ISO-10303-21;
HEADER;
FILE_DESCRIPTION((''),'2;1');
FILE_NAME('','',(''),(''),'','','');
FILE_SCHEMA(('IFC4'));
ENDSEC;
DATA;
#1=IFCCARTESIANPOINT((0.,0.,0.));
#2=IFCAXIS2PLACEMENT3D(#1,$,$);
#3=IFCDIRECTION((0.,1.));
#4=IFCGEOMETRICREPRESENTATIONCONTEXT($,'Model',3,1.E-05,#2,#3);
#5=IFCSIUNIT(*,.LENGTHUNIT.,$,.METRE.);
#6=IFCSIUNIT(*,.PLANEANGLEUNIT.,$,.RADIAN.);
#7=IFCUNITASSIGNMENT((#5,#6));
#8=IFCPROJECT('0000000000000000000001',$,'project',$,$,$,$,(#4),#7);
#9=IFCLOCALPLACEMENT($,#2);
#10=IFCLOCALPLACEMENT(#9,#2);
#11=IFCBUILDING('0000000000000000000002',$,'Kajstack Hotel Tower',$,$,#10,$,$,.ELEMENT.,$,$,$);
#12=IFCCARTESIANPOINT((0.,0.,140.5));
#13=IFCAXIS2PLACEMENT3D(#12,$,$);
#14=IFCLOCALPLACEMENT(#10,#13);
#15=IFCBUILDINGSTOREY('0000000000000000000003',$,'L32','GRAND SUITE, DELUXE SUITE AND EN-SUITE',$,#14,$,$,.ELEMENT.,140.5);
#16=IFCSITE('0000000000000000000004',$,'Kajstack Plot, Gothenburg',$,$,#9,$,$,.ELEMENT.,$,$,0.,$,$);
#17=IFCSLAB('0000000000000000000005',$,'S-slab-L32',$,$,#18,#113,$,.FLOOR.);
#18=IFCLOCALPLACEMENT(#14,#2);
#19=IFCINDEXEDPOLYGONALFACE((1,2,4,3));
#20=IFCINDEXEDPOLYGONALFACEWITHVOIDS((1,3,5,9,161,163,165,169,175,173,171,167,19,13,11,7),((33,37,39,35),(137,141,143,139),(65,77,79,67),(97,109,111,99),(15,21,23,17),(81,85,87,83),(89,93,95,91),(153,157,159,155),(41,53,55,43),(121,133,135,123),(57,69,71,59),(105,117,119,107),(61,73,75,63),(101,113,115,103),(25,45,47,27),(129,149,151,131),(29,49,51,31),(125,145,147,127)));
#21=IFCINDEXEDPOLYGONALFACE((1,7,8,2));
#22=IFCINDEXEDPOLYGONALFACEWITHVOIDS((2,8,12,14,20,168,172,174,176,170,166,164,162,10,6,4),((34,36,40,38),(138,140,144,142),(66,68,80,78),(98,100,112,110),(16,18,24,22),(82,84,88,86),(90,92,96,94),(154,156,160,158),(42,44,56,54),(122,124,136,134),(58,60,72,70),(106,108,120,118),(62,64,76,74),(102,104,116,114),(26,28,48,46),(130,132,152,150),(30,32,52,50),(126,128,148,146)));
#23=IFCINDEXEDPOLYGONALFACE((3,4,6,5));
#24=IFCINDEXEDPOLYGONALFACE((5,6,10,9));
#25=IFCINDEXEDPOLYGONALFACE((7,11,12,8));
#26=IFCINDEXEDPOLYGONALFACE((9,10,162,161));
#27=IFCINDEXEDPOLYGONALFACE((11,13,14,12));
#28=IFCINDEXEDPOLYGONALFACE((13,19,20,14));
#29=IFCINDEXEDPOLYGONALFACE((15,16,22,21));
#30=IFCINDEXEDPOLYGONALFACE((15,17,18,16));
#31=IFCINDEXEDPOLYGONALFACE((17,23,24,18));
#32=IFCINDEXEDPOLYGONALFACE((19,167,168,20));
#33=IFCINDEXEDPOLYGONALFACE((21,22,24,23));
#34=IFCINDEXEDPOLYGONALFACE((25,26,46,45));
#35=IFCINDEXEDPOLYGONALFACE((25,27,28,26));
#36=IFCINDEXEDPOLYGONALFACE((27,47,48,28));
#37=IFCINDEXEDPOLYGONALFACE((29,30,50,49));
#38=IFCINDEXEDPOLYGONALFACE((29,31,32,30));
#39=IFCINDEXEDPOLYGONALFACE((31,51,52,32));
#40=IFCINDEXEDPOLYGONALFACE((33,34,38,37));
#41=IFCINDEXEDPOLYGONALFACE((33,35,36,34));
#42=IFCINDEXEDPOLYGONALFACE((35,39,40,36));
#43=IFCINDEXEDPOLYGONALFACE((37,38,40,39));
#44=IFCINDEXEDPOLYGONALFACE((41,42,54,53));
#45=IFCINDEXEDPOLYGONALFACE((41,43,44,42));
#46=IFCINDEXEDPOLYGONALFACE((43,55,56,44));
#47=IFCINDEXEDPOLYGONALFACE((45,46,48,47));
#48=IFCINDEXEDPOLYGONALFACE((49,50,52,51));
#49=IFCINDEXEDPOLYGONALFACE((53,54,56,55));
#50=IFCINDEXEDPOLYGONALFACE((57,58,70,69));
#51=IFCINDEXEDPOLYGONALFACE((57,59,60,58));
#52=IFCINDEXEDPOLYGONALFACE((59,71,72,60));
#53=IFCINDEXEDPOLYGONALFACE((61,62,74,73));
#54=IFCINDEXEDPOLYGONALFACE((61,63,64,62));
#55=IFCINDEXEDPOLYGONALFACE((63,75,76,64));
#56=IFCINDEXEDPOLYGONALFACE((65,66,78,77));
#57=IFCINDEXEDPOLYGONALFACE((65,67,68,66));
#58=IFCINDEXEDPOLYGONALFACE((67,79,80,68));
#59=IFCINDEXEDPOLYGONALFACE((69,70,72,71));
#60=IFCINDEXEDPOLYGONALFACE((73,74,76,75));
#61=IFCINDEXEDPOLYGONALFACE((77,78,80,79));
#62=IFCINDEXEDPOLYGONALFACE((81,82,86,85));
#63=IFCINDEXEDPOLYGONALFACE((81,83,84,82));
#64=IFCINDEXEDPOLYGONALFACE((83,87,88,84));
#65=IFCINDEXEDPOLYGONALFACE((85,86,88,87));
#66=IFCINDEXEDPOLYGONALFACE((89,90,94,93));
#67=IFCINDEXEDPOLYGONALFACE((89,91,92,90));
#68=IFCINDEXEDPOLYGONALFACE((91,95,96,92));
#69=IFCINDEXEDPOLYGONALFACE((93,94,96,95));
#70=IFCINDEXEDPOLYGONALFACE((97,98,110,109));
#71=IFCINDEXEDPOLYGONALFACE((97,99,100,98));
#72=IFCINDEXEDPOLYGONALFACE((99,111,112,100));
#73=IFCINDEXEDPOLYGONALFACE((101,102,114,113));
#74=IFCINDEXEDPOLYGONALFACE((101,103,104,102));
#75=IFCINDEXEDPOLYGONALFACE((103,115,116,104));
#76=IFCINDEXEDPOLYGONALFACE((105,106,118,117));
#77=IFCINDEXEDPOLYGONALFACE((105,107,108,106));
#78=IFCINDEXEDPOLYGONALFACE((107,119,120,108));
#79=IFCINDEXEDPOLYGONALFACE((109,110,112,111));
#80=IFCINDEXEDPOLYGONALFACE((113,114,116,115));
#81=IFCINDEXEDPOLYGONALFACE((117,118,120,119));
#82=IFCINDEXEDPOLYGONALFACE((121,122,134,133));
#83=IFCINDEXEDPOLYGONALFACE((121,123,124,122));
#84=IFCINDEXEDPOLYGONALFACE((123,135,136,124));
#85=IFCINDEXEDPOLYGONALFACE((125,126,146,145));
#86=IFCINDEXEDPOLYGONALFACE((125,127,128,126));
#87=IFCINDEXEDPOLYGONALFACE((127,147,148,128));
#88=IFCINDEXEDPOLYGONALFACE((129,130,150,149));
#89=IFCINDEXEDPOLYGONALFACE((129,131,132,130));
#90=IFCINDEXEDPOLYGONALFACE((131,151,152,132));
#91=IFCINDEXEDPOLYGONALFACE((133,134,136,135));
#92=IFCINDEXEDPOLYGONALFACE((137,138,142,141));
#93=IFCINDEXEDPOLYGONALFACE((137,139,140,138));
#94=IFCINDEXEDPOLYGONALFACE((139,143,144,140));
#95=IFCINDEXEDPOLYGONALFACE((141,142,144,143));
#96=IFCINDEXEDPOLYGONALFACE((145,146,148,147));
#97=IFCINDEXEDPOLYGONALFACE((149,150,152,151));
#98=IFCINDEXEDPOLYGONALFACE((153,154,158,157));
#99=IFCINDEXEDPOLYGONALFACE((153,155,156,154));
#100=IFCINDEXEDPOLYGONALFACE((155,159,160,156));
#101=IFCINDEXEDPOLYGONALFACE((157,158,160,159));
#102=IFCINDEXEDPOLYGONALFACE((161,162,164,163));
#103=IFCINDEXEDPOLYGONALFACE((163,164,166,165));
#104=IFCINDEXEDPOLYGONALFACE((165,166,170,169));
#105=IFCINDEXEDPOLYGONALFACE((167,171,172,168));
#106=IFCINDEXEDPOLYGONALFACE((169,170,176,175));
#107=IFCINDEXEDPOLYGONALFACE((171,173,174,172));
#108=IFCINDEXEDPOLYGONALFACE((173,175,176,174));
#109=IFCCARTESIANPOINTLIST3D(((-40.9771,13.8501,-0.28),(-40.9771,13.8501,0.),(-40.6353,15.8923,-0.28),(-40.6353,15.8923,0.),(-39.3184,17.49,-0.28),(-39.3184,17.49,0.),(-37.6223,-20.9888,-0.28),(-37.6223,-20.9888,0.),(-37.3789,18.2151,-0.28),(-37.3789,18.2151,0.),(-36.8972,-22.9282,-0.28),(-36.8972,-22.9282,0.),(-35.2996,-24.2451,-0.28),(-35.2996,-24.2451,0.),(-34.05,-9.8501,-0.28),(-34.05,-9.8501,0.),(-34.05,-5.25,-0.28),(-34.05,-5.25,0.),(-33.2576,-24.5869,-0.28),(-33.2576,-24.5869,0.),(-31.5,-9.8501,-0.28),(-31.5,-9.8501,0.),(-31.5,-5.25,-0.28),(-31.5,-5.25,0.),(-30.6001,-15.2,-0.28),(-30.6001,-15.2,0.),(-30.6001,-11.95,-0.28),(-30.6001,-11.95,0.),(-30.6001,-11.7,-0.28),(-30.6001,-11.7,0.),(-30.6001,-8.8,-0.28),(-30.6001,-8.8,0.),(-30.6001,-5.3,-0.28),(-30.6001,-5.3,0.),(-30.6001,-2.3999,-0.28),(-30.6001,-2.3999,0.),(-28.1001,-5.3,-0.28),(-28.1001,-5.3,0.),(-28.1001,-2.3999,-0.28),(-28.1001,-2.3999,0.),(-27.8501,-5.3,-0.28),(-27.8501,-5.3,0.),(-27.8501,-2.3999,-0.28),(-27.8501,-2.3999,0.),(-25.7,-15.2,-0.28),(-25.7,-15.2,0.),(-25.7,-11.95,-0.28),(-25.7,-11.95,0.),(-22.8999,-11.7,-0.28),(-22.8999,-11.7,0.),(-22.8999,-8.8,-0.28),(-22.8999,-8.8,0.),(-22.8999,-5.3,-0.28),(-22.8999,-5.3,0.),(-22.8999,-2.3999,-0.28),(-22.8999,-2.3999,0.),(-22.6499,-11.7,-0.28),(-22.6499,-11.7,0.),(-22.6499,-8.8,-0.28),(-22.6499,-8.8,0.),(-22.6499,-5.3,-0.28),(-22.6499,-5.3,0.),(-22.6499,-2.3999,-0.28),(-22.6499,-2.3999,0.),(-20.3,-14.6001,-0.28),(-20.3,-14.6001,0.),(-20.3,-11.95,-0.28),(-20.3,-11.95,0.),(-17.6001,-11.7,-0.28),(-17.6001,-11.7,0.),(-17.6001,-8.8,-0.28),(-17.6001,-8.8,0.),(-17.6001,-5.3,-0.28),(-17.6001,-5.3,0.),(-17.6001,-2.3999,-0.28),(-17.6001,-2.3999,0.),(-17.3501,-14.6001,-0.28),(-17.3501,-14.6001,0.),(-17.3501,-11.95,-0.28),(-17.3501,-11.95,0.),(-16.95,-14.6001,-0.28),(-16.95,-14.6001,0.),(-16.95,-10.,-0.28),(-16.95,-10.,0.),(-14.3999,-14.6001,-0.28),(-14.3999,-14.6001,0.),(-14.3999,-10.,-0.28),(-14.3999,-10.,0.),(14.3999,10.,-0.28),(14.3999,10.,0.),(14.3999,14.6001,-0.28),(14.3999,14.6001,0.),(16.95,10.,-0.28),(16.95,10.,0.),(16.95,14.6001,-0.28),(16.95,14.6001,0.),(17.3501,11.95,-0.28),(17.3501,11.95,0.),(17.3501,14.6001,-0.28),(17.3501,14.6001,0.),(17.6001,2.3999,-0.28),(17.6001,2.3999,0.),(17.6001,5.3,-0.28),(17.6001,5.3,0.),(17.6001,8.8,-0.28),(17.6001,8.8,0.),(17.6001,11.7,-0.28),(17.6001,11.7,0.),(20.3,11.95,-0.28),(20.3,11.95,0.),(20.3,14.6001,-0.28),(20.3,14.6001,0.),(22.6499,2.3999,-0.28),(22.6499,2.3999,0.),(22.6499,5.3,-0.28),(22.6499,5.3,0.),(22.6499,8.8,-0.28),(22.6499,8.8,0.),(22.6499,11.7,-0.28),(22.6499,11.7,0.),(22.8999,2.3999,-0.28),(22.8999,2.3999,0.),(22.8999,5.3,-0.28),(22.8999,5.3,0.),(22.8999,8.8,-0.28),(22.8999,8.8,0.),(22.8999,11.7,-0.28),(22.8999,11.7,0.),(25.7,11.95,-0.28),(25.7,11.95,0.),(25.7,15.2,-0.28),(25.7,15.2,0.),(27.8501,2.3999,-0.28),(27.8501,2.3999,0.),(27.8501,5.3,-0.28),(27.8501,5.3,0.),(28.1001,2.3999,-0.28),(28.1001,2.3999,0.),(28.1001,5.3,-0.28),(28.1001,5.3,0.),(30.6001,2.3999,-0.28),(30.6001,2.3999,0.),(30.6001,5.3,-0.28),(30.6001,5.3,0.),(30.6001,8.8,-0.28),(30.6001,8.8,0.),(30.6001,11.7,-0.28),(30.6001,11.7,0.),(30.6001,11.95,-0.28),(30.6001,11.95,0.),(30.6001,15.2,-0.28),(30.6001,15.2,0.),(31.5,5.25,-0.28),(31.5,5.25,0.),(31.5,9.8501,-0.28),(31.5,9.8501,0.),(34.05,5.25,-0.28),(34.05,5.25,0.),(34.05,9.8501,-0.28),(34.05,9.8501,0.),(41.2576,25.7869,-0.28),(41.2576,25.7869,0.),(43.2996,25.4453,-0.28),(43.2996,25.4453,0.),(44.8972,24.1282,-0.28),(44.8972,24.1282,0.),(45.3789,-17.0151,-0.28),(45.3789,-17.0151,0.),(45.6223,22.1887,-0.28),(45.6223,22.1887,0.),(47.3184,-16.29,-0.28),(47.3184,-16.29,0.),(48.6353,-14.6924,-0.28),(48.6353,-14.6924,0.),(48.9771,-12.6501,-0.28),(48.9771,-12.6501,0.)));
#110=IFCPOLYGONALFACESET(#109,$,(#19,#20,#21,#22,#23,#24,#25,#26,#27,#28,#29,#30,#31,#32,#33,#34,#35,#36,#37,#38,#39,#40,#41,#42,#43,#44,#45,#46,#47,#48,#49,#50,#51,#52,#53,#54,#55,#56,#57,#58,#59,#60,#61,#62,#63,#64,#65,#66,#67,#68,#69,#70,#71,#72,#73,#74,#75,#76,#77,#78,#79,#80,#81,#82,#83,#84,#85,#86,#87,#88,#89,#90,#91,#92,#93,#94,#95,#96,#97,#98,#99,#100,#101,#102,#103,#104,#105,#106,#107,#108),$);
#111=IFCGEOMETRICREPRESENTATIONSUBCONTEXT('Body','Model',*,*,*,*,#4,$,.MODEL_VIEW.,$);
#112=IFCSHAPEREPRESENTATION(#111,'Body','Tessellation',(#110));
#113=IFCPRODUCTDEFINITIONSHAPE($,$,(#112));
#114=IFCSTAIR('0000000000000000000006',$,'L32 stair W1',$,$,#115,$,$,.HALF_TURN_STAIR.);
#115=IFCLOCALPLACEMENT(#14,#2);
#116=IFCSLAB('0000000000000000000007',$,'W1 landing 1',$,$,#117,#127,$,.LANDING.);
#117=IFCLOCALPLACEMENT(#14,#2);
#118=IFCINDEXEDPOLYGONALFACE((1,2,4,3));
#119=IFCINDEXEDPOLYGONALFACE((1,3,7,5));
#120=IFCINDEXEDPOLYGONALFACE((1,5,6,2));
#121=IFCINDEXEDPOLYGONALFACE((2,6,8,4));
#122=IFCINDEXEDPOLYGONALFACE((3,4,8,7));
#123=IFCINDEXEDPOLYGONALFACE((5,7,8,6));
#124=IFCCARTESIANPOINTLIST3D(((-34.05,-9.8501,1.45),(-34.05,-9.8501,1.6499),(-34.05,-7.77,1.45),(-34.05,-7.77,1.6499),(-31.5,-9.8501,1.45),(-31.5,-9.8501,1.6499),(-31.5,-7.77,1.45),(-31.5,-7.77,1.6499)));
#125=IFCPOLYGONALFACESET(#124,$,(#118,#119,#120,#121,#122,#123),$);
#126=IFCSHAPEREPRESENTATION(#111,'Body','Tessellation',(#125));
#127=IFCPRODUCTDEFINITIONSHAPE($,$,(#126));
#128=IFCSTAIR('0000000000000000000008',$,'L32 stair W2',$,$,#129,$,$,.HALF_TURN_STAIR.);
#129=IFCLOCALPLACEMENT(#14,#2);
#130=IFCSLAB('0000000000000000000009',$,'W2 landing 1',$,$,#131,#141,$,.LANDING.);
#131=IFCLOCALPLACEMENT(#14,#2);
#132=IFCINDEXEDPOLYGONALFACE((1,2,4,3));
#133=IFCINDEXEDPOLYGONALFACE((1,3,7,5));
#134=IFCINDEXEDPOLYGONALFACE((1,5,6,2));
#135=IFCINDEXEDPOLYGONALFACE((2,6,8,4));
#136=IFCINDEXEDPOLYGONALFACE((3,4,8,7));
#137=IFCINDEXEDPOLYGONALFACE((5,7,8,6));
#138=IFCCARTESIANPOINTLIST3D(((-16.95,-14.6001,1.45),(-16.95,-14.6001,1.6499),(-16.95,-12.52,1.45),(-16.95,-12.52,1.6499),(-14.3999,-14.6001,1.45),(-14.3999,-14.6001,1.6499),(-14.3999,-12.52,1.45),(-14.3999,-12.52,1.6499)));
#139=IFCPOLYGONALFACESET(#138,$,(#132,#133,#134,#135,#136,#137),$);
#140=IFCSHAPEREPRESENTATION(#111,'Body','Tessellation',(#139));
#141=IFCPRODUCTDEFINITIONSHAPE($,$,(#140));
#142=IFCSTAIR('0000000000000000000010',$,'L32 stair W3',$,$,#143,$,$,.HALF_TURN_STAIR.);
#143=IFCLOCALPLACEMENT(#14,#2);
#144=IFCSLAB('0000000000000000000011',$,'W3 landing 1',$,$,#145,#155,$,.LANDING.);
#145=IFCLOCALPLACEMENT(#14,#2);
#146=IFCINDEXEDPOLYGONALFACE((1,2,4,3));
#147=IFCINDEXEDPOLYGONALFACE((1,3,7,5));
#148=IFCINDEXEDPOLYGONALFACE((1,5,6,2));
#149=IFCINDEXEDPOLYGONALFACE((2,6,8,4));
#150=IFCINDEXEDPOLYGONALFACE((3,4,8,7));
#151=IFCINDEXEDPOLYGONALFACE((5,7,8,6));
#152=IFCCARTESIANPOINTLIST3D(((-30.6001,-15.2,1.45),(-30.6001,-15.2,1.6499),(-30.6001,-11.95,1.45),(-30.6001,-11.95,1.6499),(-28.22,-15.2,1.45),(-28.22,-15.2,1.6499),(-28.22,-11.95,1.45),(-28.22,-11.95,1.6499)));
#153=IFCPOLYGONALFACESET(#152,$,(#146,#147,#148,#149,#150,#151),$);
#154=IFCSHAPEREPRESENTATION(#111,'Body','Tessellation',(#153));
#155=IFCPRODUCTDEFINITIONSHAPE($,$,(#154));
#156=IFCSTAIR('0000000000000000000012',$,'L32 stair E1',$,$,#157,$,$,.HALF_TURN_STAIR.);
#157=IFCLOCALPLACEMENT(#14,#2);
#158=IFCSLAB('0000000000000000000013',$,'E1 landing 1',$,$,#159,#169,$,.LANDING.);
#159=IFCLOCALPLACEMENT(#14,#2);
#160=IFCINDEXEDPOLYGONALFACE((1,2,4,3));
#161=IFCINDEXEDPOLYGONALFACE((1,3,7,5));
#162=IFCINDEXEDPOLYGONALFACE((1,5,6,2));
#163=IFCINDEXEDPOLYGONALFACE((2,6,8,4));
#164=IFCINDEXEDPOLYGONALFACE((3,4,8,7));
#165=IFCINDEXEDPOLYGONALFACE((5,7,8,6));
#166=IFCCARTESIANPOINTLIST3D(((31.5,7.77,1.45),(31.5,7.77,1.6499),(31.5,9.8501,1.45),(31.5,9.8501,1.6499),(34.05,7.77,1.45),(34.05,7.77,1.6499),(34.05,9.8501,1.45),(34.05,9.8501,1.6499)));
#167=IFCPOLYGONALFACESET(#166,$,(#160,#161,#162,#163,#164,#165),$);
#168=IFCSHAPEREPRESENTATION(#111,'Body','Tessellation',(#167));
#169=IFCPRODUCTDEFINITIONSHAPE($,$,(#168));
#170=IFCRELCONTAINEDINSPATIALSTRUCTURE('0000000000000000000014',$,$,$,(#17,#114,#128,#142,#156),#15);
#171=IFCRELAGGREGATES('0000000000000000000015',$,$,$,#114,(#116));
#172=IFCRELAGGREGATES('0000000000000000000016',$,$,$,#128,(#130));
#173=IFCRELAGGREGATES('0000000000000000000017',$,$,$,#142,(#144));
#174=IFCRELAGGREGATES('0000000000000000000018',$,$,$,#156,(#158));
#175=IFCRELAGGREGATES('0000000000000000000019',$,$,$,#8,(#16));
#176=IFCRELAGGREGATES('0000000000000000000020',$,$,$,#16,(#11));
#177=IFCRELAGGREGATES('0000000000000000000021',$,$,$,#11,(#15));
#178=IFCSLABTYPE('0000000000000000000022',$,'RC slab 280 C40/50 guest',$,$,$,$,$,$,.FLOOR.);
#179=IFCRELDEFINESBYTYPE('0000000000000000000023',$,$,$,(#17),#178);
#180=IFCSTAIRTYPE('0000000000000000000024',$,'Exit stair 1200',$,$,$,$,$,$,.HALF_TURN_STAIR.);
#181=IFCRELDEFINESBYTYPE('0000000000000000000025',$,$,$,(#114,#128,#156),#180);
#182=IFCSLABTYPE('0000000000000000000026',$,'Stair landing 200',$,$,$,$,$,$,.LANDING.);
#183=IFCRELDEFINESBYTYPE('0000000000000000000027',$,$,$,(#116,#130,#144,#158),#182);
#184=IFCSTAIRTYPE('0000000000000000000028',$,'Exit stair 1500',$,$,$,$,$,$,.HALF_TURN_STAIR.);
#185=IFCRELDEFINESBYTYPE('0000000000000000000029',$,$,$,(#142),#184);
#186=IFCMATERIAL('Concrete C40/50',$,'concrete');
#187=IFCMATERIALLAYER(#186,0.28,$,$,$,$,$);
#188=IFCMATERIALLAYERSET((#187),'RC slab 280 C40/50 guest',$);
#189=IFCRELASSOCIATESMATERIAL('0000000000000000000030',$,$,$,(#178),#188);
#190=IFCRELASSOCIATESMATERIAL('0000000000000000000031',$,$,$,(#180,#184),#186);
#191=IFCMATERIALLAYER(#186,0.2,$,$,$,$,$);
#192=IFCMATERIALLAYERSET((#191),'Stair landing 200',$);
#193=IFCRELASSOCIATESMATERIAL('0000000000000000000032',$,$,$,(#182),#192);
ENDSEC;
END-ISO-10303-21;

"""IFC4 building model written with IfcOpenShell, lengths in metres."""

from ifc_helpers import new_model, si_unit, direction, frame, origin, place, context, subcontext, project, spatial, polyline, outline, extrude, material, layer, layer_set, type_object, element, aggregate, save


model = new_model("IFC4")

# Units and contexts
model_context = context("Model", 3, precision=1e-05, world=origin(), true_north=direction((0.0, 1.0)))
body_context = subcontext(model_context, "Body", "Model", "MODEL_VIEW")
ifc_project = project(units=[si_unit("LENGTHUNIT", "METRE"), si_unit("PLANEANGLEUNIT", "RADIAN")], contexts=[model_context])

# Site, building, storey
site_placement = place(None, origin())
site = spatial("IfcSite", under=ifc_project, at=site_placement, Name="Kajstack Plot, Gothenburg", CompositionType="ELEMENT", RefElevation=0.0)
building_placement = place(site_placement, origin())
building = spatial("IfcBuilding", under=site, at=building_placement, Name="Kajstack Hotel Tower", CompositionType="ELEMENT")
storey_placement = place(building_placement, frame((0.0, 0.0, 140.5)))
storey = spatial("IfcBuildingStorey", under=building, at=storey_placement, Name="L32", Description="GRAND SUITE, DELUXE SUITE AND EN-SUITE", CompositionType="ELEMENT", Elevation=140.5)

# Slab
ifc_material_1 = material(Name="Concrete C40/50", Category="concrete")
ifc_layer_1 = layer(ifc_material_1, 0.28)
ifc_layer_set_1 = layer_set([ifc_layer_1], Name="RC slab 280 C40/50 guest")
slab_type_1 = type_object("IfcSlabType", Name="RC slab 280 C40/50 guest", PredefinedType="FLOOR", material=ifc_layer_set_1)
slab_1_placement = place(storey_placement, frame((0.0, 0.0, -0.28)))
element("IfcSlab", 1, at=slab_1_placement, inside=storey, type_object=slab_type_1, Name="S-slab-L32", PredefinedType="FLOOR", context=body_context, shape_type="SweptSolid", body=[
    extrude(outline(polyline([(-40.9771, 13.8501), (-37.6223, -20.9888), (-36.8972, -22.9282), (-35.2996, -24.2451), (-33.2576, -24.5869), (45.3789, -17.0151), (47.3184, -16.29), (48.6353, -14.6924), (48.9771, -12.6501), (45.6223, 22.1887), (44.8972, 24.1282), (43.2996, 25.4453), (41.2576, 25.7869), (-37.3789, 18.2151), (-39.3184, 17.49), (-40.6353, 15.8923), (-40.9771, 13.8501)]), holes=[polyline([(-30.6001, -11.7), (-30.6001, -8.8), (-22.8999, -8.8), (-22.8999, -11.7), (-30.6001, -11.7)]), polyline([(-22.6499, -11.7), (-22.6499, -8.8), (-17.6001, -8.8), (-17.6001, -11.7), (-22.6499, -11.7)]), polyline([(-27.8501, -5.3), (-27.8501, -2.3999), (-22.8999, -2.3999), (-22.8999, -5.3), (-27.8501, -5.3)]), polyline([(-22.6499, -5.3), (-22.6499, -2.3999), (-17.6001, -2.3999), (-17.6001, -5.3), (-22.6499, -5.3)]), polyline([(-20.3, -14.6001), (-17.3501, -14.6001), (-17.3501, -11.95), (-20.3, -11.95), (-20.3, -14.6001)]), polyline([(-30.6001, -5.3), (-28.1001, -5.3), (-28.1001, -2.3999), (-30.6001, -2.3999), (-30.6001, -5.3)]), polyline([(22.8999, 8.8), (22.8999, 11.7), (30.6001, 11.7), (30.6001, 8.8), (22.8999, 8.8)]), polyline([(17.6001, 8.8), (17.6001, 11.7), (22.6499, 11.7), (22.6499, 8.8), (17.6001, 8.8)]), polyline([(22.8999, 2.3999), (22.8999, 5.3), (27.8501, 5.3), (27.8501, 2.3999), (22.8999, 2.3999)]), polyline([(17.6001, 2.3999), (17.6001, 5.3), (22.6499, 5.3), (22.6499, 2.3999), (17.6001, 2.3999)]), polyline([(20.3, 14.6001), (17.3501, 14.6001), (17.3501, 11.95), (20.3, 11.95), (20.3, 14.6001)]), polyline([(30.6001, 5.3), (28.1001, 5.3), (28.1001, 2.3999), (30.6001, 2.3999), (30.6001, 5.3)]), polyline([(-34.05, -9.8501), (-31.5, -9.8501), (-31.5, -5.25), (-34.05, -5.25), (-34.05, -9.8501)]), polyline([(-16.95, -14.6001), (-14.3999, -14.6001), (-14.3999, -10.0), (-16.95, -10.0), (-16.95, -14.6001)]), polyline([(-30.6001, -15.2), (-25.7, -15.2), (-25.7, -11.95), (-30.6001, -11.95), (-30.6001, -15.2)]), polyline([(34.05, 9.8501), (31.5, 9.8501), (31.5, 5.25), (34.05, 5.25), (34.05, 9.8501)]), polyline([(16.95, 14.6001), (14.3999, 14.6001), (14.3999, 10.0), (16.95, 10.0), (16.95, 14.6001)]), polyline([(30.6001, 15.2), (25.7, 15.2), (25.7, 11.95), (30.6001, 11.95), (30.6001, 15.2)])]), origin(), (0.0, 0.0, 1.0), 0.28),
])

# Stairs, slabs
stair_type_1 = type_object("IfcStairType", Name="Exit stair 1200", PredefinedType="HALF_TURN_STAIR", material=ifc_material_1)
stair_1_placement = place(storey_placement, origin())
stair_1 = element("IfcStair", 2, at=stair_1_placement, inside=storey, type_object=stair_type_1, Name="L32 stair W1", PredefinedType="HALF_TURN_STAIR")
ifc_layer_2 = layer(ifc_material_1, 0.2)
ifc_layer_set_2 = layer_set([ifc_layer_2], Name="Stair landing 200")
slab_type_2 = type_object("IfcSlabType", Name="Stair landing 200", PredefinedType="LANDING", material=ifc_layer_set_2)
slab_2_placement = place(storey_placement, frame((0.0, 0.0, 1.45)))
slab_2 = element("IfcSlab", 3, at=slab_2_placement, type_object=slab_type_2, Name="W1 landing 1", PredefinedType="LANDING", context=body_context, shape_type="SweptSolid", body=[
    extrude(outline(polyline([(-34.05, -7.77), (-34.05, -9.8501), (-31.5, -9.8501), (-31.5, -7.77), (-34.05, -7.77)])), origin(), (0.0, 0.0, 1.0), 0.2),
])
aggregate(stair_1, [slab_2])
stair_2_placement = place(storey_placement, origin())
stair_2 = element("IfcStair", 4, at=stair_2_placement, inside=storey, type_object=stair_type_1, Name="L32 stair W2", PredefinedType="HALF_TURN_STAIR")
slab_3_placement = place(storey_placement, frame((0.0, 0.0, 1.45)))
slab_3 = element("IfcSlab", 5, at=slab_3_placement, type_object=slab_type_2, Name="W2 landing 1", PredefinedType="LANDING", context=body_context, shape_type="SweptSolid", body=[
    extrude(outline(polyline([(-16.95, -12.52), (-16.95, -14.6001), (-14.3999, -14.6001), (-14.3999, -12.52), (-16.95, -12.52)])), origin(), (0.0, 0.0, 1.0), 0.2),
])
aggregate(stair_2, [slab_3])
stair_type_2 = type_object("IfcStairType", Name="Exit stair 1500", PredefinedType="HALF_TURN_STAIR", material=ifc_material_1)
stair_3_placement = place(storey_placement, origin())
stair_3 = element("IfcStair", 6, at=stair_3_placement, inside=storey, type_object=stair_type_2, Name="L32 stair W3", PredefinedType="HALF_TURN_STAIR")
slab_4_placement = place(storey_placement, frame((0.0, 0.0, 1.45)))
slab_4 = element("IfcSlab", 7, at=slab_4_placement, type_object=slab_type_2, Name="W3 landing 1", PredefinedType="LANDING", context=body_context, shape_type="SweptSolid", body=[
    extrude(outline(polyline([(-28.22, -11.95), (-30.6001, -11.95), (-30.6001, -15.2), (-28.22, -15.2), (-28.22, -11.95)])), origin(), (0.0, 0.0, 1.0), 0.2),
])
aggregate(stair_3, [slab_4])
stair_4_placement = place(storey_placement, origin())
stair_4 = element("IfcStair", 8, at=stair_4_placement, inside=storey, type_object=stair_type_1, Name="L32 stair E1", PredefinedType="HALF_TURN_STAIR")
slab_5_placement = place(storey_placement, frame((0.0, 0.0, 1.45)))
slab_5 = element("IfcSlab", 9, at=slab_5_placement, type_object=slab_type_2, Name="E1 landing 1", PredefinedType="LANDING", context=body_context, shape_type="SweptSolid", body=[
    extrude(outline(polyline([(34.05, 7.77), (34.05, 9.8501), (31.5, 9.8501), (31.5, 7.77), (34.05, 7.77)])), origin(), (0.0, 0.0, 1.0), 0.2),
])
aggregate(stair_4, [slab_5])

save(model, "model.ifc")
